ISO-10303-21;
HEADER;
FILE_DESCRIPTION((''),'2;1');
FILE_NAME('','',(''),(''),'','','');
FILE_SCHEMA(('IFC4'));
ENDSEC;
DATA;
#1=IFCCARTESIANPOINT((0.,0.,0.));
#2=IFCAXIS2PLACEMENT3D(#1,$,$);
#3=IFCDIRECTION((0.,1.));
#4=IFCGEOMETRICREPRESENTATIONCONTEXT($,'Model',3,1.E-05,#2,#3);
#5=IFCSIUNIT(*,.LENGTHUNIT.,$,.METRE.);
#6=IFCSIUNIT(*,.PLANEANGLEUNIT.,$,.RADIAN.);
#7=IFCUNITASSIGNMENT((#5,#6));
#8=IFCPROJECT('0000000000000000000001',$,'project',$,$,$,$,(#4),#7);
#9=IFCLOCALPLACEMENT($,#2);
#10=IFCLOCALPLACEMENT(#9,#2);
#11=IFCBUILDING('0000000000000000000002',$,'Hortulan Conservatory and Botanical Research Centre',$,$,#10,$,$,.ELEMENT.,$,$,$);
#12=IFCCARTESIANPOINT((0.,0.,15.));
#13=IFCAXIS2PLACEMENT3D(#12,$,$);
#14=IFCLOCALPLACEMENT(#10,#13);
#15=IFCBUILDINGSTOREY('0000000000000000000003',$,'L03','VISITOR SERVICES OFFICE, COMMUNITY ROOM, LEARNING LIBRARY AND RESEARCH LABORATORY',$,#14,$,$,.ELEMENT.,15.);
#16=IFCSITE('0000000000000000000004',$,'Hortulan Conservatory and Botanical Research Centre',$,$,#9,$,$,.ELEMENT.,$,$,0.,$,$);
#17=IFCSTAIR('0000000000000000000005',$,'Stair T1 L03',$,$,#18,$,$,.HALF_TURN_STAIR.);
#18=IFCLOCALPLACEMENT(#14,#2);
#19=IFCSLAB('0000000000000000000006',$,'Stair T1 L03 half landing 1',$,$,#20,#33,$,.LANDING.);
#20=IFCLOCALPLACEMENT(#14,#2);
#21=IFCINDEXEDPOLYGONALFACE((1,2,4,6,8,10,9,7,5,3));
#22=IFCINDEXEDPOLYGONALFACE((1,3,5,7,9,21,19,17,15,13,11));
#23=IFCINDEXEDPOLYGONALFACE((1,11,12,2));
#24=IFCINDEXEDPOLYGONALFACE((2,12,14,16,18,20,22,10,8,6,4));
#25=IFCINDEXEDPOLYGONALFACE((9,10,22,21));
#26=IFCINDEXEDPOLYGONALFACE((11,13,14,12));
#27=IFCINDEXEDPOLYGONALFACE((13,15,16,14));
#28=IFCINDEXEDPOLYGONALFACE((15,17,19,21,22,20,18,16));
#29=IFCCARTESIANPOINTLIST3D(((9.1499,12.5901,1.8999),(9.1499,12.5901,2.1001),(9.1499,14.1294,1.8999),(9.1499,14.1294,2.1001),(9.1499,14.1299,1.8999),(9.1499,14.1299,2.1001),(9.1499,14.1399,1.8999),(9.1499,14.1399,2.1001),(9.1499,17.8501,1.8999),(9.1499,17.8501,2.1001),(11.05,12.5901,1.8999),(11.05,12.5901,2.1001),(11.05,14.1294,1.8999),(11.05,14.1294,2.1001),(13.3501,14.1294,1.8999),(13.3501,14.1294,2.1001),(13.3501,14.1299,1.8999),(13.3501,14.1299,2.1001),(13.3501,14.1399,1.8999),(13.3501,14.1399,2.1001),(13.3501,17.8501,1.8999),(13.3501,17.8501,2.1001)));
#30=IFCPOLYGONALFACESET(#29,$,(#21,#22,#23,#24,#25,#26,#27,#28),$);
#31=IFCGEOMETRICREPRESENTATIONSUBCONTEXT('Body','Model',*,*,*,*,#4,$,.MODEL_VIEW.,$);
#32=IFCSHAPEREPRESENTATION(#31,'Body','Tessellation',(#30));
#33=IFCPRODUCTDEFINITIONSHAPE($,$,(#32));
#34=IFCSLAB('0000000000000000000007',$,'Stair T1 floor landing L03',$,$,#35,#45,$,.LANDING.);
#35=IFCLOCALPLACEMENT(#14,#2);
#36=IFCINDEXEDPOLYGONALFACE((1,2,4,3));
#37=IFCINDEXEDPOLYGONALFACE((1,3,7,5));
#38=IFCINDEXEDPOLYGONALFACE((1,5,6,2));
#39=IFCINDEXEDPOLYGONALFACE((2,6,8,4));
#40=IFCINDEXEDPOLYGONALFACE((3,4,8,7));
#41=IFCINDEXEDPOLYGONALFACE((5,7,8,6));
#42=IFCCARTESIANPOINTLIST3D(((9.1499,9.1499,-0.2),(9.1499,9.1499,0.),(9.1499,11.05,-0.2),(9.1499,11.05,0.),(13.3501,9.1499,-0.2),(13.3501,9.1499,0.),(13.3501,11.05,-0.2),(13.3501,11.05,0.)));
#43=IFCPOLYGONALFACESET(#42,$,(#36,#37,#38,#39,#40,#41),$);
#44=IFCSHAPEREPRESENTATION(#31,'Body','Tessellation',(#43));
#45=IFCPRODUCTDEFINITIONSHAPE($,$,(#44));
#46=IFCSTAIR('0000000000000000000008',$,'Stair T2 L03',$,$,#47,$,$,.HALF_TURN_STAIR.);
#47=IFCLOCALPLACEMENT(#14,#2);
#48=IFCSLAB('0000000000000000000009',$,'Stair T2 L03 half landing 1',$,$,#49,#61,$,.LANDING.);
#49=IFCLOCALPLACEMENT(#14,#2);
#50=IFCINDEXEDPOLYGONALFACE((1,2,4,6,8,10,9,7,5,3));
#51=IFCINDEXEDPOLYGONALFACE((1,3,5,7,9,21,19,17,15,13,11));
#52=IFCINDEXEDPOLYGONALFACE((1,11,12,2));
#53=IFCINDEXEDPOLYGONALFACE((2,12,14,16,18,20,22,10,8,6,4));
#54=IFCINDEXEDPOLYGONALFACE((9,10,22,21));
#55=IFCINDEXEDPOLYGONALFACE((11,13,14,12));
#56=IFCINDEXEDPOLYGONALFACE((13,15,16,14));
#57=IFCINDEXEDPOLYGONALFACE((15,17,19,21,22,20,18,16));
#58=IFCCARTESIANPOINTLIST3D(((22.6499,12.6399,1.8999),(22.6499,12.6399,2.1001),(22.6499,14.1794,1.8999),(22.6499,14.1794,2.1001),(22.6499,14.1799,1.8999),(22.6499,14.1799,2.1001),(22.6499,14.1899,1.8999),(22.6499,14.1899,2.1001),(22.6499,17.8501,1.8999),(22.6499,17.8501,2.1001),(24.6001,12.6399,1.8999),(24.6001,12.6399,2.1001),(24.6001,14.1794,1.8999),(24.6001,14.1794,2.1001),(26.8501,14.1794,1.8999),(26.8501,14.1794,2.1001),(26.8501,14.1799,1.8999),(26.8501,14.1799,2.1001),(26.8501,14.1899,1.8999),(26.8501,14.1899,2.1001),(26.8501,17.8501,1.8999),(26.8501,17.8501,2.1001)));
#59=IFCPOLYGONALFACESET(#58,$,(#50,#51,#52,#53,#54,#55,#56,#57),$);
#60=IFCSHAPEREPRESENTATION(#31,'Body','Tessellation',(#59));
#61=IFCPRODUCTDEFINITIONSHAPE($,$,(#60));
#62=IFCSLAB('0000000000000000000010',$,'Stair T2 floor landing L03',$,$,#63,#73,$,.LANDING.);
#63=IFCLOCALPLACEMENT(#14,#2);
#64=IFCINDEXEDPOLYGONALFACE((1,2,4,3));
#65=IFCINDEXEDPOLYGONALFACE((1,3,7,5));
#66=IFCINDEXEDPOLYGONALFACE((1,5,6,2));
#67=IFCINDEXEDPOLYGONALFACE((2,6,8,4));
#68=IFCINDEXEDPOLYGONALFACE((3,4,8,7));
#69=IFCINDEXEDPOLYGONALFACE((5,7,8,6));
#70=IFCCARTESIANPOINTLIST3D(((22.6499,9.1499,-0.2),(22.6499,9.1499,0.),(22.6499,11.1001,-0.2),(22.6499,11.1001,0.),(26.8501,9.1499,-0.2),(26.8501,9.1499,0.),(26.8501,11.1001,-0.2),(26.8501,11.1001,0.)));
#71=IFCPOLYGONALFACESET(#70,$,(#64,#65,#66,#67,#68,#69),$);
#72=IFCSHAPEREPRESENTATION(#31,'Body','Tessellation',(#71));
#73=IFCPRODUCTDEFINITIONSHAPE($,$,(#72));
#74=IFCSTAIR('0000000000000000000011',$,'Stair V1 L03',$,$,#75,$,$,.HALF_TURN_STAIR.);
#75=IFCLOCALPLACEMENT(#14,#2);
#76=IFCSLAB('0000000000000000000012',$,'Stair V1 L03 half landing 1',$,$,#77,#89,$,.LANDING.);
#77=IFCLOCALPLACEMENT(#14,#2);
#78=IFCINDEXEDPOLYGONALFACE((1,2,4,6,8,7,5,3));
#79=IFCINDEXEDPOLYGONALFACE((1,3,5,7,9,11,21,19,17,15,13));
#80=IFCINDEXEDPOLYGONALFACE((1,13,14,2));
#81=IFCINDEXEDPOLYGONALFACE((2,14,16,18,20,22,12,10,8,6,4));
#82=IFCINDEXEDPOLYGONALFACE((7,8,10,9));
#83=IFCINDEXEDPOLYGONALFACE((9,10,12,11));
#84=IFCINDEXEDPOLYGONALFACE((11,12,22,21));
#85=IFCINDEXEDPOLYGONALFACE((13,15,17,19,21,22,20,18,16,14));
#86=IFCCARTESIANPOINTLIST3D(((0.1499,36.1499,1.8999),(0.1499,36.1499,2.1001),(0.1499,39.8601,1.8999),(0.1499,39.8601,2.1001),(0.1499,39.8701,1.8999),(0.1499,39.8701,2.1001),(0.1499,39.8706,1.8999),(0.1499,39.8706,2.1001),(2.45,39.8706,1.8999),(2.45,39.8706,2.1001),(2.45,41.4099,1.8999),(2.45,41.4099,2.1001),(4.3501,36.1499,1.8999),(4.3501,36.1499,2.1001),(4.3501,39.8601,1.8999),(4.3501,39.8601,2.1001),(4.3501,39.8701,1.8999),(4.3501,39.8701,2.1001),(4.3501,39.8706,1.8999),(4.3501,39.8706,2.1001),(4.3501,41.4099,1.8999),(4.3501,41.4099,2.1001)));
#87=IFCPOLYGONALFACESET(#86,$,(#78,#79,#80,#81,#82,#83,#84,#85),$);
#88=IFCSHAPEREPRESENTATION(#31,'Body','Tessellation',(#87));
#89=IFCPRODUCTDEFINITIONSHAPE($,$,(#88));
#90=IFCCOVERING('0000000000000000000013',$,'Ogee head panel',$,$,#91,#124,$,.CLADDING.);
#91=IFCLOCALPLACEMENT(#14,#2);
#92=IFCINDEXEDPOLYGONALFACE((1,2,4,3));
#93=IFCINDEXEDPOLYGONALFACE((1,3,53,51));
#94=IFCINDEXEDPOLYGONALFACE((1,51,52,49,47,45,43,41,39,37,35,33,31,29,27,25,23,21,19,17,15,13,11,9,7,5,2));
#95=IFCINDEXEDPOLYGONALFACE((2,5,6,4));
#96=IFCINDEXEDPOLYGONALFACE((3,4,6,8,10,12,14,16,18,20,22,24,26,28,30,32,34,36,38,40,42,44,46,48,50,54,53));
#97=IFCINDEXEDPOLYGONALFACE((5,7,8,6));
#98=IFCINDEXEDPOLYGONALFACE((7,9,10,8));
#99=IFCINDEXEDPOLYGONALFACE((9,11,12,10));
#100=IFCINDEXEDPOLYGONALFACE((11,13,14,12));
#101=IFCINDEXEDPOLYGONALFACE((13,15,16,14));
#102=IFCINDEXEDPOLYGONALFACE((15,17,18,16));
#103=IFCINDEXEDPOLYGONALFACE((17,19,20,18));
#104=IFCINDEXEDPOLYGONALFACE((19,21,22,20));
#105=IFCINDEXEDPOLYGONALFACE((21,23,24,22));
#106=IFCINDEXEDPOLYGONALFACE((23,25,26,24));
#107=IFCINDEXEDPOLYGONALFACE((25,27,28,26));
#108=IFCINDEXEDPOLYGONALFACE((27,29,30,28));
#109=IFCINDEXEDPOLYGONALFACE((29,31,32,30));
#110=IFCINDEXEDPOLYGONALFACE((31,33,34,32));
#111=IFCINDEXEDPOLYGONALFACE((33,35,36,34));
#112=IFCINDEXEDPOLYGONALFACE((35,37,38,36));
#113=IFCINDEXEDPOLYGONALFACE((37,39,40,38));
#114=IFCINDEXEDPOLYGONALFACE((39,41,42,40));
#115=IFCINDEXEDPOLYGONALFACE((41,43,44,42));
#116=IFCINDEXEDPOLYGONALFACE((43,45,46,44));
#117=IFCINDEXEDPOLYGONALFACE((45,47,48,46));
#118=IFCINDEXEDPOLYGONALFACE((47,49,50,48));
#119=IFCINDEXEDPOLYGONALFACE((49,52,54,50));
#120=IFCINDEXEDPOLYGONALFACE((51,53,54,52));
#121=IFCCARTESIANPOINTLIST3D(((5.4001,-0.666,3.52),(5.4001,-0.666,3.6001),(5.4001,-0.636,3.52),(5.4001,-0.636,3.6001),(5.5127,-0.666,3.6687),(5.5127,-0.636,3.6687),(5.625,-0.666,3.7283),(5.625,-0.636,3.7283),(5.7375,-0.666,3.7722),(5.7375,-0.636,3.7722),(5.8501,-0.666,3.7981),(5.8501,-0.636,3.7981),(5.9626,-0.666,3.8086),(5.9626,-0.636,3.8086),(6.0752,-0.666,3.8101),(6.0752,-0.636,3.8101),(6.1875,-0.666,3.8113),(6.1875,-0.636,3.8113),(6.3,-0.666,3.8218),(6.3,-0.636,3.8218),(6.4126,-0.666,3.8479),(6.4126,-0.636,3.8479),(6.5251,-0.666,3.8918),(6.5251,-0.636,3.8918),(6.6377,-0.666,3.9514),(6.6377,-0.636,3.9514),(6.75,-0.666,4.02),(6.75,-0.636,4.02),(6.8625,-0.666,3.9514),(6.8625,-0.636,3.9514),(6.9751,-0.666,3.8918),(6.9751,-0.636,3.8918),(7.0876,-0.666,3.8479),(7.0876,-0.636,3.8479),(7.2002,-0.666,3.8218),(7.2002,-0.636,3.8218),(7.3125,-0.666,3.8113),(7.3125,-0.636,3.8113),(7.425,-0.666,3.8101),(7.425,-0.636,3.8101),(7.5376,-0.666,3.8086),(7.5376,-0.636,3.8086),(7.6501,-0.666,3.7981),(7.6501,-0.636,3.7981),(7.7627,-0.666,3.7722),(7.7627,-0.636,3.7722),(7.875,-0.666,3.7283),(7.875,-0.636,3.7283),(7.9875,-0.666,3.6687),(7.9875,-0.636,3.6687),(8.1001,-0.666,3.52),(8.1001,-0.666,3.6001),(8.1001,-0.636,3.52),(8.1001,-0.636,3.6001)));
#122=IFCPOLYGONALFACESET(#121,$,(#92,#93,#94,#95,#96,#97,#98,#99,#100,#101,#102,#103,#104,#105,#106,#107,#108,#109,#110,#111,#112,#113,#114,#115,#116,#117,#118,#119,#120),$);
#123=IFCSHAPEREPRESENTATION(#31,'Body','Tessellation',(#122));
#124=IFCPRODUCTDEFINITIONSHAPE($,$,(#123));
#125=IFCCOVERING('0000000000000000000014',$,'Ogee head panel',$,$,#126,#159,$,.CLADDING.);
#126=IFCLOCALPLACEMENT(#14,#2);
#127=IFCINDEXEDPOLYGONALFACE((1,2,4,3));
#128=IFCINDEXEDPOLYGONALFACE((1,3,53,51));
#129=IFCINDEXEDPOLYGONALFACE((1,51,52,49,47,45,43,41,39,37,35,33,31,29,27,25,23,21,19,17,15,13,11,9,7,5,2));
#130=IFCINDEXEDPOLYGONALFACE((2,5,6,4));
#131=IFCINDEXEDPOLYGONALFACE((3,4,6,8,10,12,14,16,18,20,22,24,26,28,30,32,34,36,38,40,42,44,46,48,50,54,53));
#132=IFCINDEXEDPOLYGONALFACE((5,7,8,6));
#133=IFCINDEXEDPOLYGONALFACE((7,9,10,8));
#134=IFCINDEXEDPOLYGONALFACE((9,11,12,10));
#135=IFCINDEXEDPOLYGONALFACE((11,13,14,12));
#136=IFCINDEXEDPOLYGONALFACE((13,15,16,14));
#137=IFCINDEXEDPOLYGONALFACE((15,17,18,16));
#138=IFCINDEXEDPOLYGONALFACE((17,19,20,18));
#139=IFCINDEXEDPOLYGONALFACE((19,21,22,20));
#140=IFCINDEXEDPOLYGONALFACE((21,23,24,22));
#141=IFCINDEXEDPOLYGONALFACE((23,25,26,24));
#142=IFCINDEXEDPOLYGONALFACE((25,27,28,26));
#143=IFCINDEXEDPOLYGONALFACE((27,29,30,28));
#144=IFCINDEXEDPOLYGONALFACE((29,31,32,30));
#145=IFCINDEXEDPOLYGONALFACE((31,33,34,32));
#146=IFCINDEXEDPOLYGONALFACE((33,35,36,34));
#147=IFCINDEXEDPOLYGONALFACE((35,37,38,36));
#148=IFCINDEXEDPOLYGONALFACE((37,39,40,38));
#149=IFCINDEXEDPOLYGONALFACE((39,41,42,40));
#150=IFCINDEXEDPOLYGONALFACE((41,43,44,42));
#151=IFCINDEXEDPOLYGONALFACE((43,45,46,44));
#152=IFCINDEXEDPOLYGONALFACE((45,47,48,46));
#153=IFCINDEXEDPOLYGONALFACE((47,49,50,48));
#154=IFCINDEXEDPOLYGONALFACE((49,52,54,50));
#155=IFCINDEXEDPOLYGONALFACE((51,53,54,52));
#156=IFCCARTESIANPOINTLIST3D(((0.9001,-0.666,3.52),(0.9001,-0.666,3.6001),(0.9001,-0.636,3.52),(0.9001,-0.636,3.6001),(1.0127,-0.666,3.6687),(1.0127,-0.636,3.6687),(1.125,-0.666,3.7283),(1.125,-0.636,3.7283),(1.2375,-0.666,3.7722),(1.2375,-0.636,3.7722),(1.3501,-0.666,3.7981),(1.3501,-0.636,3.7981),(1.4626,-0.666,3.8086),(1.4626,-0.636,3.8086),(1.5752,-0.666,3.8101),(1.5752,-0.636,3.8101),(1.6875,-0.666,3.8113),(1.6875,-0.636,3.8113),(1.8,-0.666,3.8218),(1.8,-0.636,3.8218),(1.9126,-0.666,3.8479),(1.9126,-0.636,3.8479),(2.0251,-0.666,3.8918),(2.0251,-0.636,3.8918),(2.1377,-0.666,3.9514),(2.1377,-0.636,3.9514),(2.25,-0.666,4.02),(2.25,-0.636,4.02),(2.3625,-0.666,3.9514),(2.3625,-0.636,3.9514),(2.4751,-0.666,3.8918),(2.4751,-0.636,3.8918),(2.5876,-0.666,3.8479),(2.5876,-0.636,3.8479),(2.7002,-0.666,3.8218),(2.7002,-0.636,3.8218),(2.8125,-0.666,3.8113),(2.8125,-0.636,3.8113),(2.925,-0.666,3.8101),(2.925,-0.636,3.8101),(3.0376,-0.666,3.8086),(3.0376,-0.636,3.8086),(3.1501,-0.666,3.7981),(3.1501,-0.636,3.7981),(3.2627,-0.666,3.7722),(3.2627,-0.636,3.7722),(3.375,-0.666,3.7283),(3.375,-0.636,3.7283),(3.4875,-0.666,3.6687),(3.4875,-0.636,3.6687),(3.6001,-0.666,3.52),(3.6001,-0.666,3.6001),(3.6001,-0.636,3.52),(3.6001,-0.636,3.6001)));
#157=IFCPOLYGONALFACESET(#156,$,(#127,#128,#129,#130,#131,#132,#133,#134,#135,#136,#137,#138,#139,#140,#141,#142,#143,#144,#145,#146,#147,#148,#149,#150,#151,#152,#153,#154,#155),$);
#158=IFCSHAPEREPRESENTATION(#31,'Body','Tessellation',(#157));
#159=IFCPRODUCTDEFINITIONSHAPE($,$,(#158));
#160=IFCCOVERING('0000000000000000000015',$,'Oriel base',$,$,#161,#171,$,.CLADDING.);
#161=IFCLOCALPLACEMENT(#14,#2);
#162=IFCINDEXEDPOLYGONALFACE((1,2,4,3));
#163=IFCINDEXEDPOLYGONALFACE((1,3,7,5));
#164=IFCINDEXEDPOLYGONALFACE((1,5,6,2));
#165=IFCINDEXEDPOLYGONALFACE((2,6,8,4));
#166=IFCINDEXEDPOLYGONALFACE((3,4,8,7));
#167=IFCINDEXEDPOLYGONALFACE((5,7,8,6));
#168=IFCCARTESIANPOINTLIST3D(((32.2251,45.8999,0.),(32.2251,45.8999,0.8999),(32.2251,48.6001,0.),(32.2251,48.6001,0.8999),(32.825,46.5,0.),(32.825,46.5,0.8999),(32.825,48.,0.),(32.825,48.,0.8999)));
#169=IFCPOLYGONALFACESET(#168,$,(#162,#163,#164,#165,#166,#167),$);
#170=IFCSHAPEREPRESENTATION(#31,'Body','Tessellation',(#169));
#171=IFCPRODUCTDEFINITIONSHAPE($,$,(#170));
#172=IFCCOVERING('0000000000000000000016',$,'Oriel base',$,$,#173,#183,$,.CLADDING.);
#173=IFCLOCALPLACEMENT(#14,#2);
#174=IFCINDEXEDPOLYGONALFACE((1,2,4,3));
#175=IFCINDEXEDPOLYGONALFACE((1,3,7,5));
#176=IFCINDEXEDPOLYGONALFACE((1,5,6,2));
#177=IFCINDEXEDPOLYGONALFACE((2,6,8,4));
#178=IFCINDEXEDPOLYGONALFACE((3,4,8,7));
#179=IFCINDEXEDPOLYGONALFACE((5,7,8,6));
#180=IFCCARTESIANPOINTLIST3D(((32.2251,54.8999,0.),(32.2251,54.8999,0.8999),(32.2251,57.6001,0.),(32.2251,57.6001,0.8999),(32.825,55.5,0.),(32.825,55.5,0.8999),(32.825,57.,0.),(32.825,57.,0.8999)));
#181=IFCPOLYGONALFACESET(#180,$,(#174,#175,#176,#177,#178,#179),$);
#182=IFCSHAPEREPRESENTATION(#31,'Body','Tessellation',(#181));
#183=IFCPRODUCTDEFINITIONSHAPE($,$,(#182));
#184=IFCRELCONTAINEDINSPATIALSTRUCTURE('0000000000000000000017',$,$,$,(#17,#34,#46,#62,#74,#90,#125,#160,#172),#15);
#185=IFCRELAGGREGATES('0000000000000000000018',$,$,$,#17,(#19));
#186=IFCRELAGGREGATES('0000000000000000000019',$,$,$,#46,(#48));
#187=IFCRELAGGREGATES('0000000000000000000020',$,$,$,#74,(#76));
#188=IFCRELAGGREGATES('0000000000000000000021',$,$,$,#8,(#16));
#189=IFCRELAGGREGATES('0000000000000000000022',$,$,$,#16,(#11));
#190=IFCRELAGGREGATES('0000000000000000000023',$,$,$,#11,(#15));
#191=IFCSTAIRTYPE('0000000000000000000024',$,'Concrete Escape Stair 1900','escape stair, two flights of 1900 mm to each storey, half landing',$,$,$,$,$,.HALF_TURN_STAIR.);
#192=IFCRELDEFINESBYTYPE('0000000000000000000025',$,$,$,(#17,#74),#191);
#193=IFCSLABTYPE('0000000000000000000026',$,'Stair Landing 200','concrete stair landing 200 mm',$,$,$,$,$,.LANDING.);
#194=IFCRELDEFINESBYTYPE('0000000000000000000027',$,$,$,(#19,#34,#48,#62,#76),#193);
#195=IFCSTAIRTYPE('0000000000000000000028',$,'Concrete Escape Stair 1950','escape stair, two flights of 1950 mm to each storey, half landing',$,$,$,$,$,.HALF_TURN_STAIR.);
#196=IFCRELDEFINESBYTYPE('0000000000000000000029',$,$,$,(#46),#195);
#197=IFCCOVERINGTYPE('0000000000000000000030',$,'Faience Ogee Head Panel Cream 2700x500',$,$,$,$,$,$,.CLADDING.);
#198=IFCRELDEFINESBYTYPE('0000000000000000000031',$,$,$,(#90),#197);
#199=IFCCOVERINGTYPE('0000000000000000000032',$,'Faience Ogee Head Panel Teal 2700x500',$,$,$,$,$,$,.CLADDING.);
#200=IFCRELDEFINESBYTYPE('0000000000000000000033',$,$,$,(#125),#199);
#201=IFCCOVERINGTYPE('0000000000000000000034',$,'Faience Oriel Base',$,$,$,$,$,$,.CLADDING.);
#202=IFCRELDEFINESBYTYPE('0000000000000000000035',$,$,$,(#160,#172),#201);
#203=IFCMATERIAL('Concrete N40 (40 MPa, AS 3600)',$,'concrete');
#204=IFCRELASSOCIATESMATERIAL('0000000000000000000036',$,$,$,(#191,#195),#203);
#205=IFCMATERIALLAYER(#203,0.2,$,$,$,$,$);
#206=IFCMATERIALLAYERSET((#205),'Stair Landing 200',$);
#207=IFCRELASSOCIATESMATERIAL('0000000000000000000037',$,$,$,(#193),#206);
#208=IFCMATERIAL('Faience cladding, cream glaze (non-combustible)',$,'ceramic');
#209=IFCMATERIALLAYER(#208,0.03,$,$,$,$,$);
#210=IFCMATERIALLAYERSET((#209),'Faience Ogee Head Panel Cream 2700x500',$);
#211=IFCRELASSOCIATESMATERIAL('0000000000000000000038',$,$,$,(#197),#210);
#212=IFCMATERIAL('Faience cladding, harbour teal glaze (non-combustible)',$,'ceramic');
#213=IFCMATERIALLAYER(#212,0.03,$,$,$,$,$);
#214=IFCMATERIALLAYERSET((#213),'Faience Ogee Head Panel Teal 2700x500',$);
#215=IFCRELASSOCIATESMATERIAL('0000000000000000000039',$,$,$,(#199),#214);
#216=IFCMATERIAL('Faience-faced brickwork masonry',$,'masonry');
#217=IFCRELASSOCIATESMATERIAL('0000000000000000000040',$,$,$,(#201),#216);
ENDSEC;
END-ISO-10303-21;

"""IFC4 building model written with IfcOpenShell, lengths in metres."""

from ifc_helpers import new_model, si_unit, direction, frame, origin, place, context, subcontext, project, spatial, polyline, outline, extrude, material, layer, layer_set, type_object, element, aggregate, save


model = new_model("IFC4")

# Units and contexts
model_context = context("Model", 3, precision=1e-05, world=origin(), true_north=direction((0.0, 1.0)))
body_context = subcontext(model_context, "Body", "Model", "MODEL_VIEW")
ifc_project = project(units=[si_unit("LENGTHUNIT", "METRE"), si_unit("PLANEANGLEUNIT", "RADIAN")], contexts=[model_context])

# Site, building, storey
site_placement = place(None, origin())
site = spatial("IfcSite", under=ifc_project, at=site_placement, Name="Hortulan Conservatory and Botanical Research Centre", CompositionType="ELEMENT", RefElevation=0.0)
building_placement = place(site_placement, origin())
building = spatial("IfcBuilding", under=site, at=building_placement, Name="Hortulan Conservatory and Botanical Research Centre", CompositionType="ELEMENT")
storey_placement = place(building_placement, frame((0.0, 0.0, 15.0)))
storey = spatial("IfcBuildingStorey", under=building, at=storey_placement, Name="L03", Description="VISITOR SERVICES OFFICE, COMMUNITY ROOM, LEARNING LIBRARY AND RESEARCH LABORATORY", CompositionType="ELEMENT", Elevation=15.0)

# Stair, slab
ifc_material_1 = material(Name="Concrete N40 (40 MPa, AS 3600)", Category="concrete")
stair_type_1 = type_object("IfcStairType", Name="Concrete Escape Stair 1900", Description="escape stair, two flights of 1900 mm to each storey, half landing", PredefinedType="HALF_TURN_STAIR", material=ifc_material_1)
stair_1_placement = place(storey_placement, origin())
stair_1 = element("IfcStair", 1, at=stair_1_placement, inside=storey, type_object=stair_type_1, Name="Stair T1 L03", PredefinedType="HALF_TURN_STAIR")
ifc_layer_1 = layer(ifc_material_1, 0.2)
ifc_layer_set_1 = layer_set([ifc_layer_1], Name="Stair Landing 200")
slab_type = type_object("IfcSlabType", Name="Stair Landing 200", Description="concrete stair landing 200 mm", PredefinedType="LANDING", material=ifc_layer_set_1)
slab_1_placement = place(storey_placement, frame((0.0, 0.0, 1.8999)))
slab_1 = element("IfcSlab", 2, at=slab_1_placement, type_object=slab_type, Name="Stair T1 L03 half landing 1", PredefinedType="LANDING", context=body_context, shape_type="SweptSolid", body=[
    extrude(outline(polyline([(13.3501, 14.1294), (11.05, 14.1294), (11.05, 12.5901), (9.1499, 12.5901), (9.1499, 14.1294), (9.1499, 14.1299), (9.1499, 14.1399), (9.1499, 17.8501), (13.3501, 17.8501), (13.3501, 14.1399), (13.3501, 14.1299), (13.3501, 14.1294)])), origin(), (0.0, 0.0, 1.0), 0.2002),
])
aggregate(stair_1, [slab_1])

# Slab
slab_2_placement = place(storey_placement, frame((0.0, 0.0, -0.2)))
element("IfcSlab", 3, at=slab_2_placement, inside=storey, type_object=slab_type, Name="Stair T1 floor landing L03", PredefinedType="LANDING", context=body_context, shape_type="SweptSolid", body=[
    extrude(outline(polyline([(13.3501, 9.1499), (9.1499, 9.1499), (9.1499, 11.05), (13.3501, 11.05), (13.3501, 9.1499)])), origin(), (0.0, 0.0, 1.0), 0.2),
])

# Stair, slab
stair_type_2 = type_object("IfcStairType", Name="Concrete Escape Stair 1950", Description="escape stair, two flights of 1950 mm to each storey, half landing", PredefinedType="HALF_TURN_STAIR", material=ifc_material_1)
stair_2_placement = place(storey_placement, origin())
stair_2 = element("IfcStair", 4, at=stair_2_placement, inside=storey, type_object=stair_type_2, Name="Stair T2 L03", PredefinedType="HALF_TURN_STAIR")
slab_3_placement = place(storey_placement, frame((0.0, 0.0, 1.8999)))
slab_3 = element("IfcSlab", 5, at=slab_3_placement, type_object=slab_type, Name="Stair T2 L03 half landing 1", PredefinedType="LANDING", context=body_context, shape_type="SweptSolid", body=[
    extrude(outline(polyline([(26.8501, 14.1794), (24.6001, 14.1794), (24.6001, 12.6399), (22.6499, 12.6399), (22.6499, 14.1794), (22.6499, 14.1799), (22.6499, 14.1899), (22.6499, 17.8501), (26.8501, 17.8501), (26.8501, 14.1899), (26.8501, 14.1799), (26.8501, 14.1794)])), origin(), (0.0, 0.0, 1.0), 0.2002),
])
aggregate(stair_2, [slab_3])

# Slab
slab_4_placement = place(storey_placement, frame((0.0, 0.0, -0.2)))
element("IfcSlab", 6, at=slab_4_placement, inside=storey, type_object=slab_type, Name="Stair T2 floor landing L03", PredefinedType="LANDING", context=body_context, shape_type="SweptSolid", body=[
    extrude(outline(polyline([(26.8501, 9.1499), (22.6499, 9.1499), (22.6499, 11.1001), (26.8501, 11.1001), (26.8501, 9.1499)])), origin(), (0.0, 0.0, 1.0), 0.2),
])

# Stair, slab
stair_3_placement = place(storey_placement, origin())
stair_3 = element("IfcStair", 7, at=stair_3_placement, inside=storey, type_object=stair_type_1, Name="Stair V1 L03", PredefinedType="HALF_TURN_STAIR")
slab_5_placement = place(storey_placement, frame((0.0, 0.0, 1.8999)))
slab_5 = element("IfcSlab", 8, at=slab_5_placement, type_object=slab_type, Name="Stair V1 L03 half landing 1", PredefinedType="LANDING", context=body_context, shape_type="SweptSolid", body=[
    extrude(outline(polyline([(0.1499, 39.8706), (2.45, 39.8706), (2.45, 41.4099), (4.3501, 41.4099), (4.3501, 39.8706), (4.3501, 39.8701), (4.3501, 39.8601), (4.3501, 36.1499), (0.1499, 36.1499), (0.1499, 39.8601), (0.1499, 39.8701), (0.1499, 39.8706)])), origin(), (0.0, 0.0, 1.0), 0.2002),
])
aggregate(stair_3, [slab_5])

# Coverings
ifc_material_2 = material(Name="Faience cladding, cream glaze (non-combustible)", Category="ceramic")
ifc_layer_2 = layer(ifc_material_2, 0.03)
ifc_layer_set_2 = layer_set([ifc_layer_2], Name="Faience Ogee Head Panel Cream 2700x500")
covering_type_1 = type_object("IfcCoveringType", Name="Faience Ogee Head Panel Cream 2700x500", PredefinedType="CLADDING", material=ifc_layer_set_2)
covering_1_placement = place(storey_placement, frame((8.1001, -0.6509, 3.52), z_axis=(0.0, 0.0, 1.0), x_axis=(-1.0, 0.0, 0.0)))
element("IfcCovering", 9, at=covering_1_placement, inside=storey, type_object=covering_type_1, Name="Ogee head panel", PredefinedType="CLADDING", context=body_context, shape_type="SweptSolid", body=[
    extrude(outline(polyline([(0.0, 0.0), (2.7, 0.0), (2.7, 0.0801), (2.5874, 0.1487), (2.4751, 0.2083), (2.3625, 0.2522), (2.25, 0.2781), (2.1375, 0.2886), (2.0249, 0.29), (1.9126, 0.2913), (1.8, 0.3018), (1.6875, 0.3279), (1.575, 0.3718), (1.4624, 0.4314), (1.3501, 0.5), (1.2375, 0.4314), (1.125, 0.3718), (1.0125, 0.3279), (0.8999, 0.3018), (0.7876, 0.2913), (0.675, 0.29), (0.5625, 0.2886), (0.45, 0.2781), (0.3374, 0.2522), (0.2251, 0.2083), (0.1125, 0.1487), (0.0, 0.0801), (0.0, 0.0)])), frame((0.0, 0.0151, 0.0), z_axis=(0.0, -1.0, 0.0), x_axis=(1.0, 0.0, 0.0)), (0.0, 0.0, 1.0), 0.03),
])
ifc_material_3 = material(Name="Faience cladding, harbour teal glaze (non-combustible)", Category="ceramic")
ifc_layer_3 = layer(ifc_material_3, 0.03)
ifc_layer_set_3 = layer_set([ifc_layer_3], Name="Faience Ogee Head Panel Teal 2700x500")
covering_type_2 = type_object("IfcCoveringType", Name="Faience Ogee Head Panel Teal 2700x500", PredefinedType="CLADDING", material=ifc_layer_set_3)
covering_2_placement = place(storey_placement, frame((3.6001, -0.6509, 3.52), z_axis=(0.0, 0.0, 1.0), x_axis=(-1.0, 0.0, 0.0)))
element("IfcCovering", 10, at=covering_2_placement, inside=storey, type_object=covering_type_2, Name="Ogee head panel", PredefinedType="CLADDING", context=body_context, shape_type="SweptSolid", body=[
    extrude(outline(polyline([(0.0, 0.0), (2.7, 0.0), (2.7, 0.0801), (2.5874, 0.1487), (2.4751, 0.2083), (2.3625, 0.2522), (2.25, 0.2781), (2.1375, 0.2886), (2.0249, 0.29), (1.9126, 0.2913), (1.8, 0.3018), (1.6875, 0.3279), (1.575, 0.3718), (1.4624, 0.4314), (1.3501, 0.5), (1.2375, 0.4314), (1.125, 0.3718), (1.0125, 0.3279), (0.8999, 0.3018), (0.7876, 0.2913), (0.675, 0.29), (0.5625, 0.2886), (0.45, 0.2781), (0.3374, 0.2522), (0.2251, 0.2083), (0.1125, 0.1487), (0.0, 0.0801), (0.0, 0.0)])), frame((0.0, 0.0151, 0.0), z_axis=(0.0, -1.0, 0.0), x_axis=(1.0, 0.0, 0.0)), (0.0, 0.0, 1.0), 0.03),
])
ifc_material_4 = material(Name="Faience-faced brickwork masonry", Category="masonry")
covering_type_3 = type_object("IfcCoveringType", Name="Faience Oriel Base", PredefinedType="CLADDING", material=ifc_material_4)
covering_3_placement = place(storey_placement, origin())
element("IfcCovering", 11, at=covering_3_placement, inside=storey, type_object=covering_type_3, Name="Oriel base", PredefinedType="CLADDING", context=body_context, shape_type="SweptSolid", body=[
    extrude(outline(polyline([(32.2251, 48.6001), (32.825, 48.0), (32.825, 46.5), (32.2251, 45.8999), (32.2251, 48.6001)])), origin(), (0.0, 0.0, 1.0), 0.8999),
])
covering_4_placement = place(storey_placement, origin())
element("IfcCovering", 12, at=covering_4_placement, inside=storey, type_object=covering_type_3, Name="Oriel base", PredefinedType="CLADDING", context=body_context, shape_type="SweptSolid", body=[
    extrude(outline(polyline([(32.2251, 57.6001), (32.825, 57.0), (32.825, 55.5), (32.2251, 54.8999), (32.2251, 57.6001)])), origin(), (0.0, 0.0, 1.0), 0.8999),
])

save(model, "model.ifc")
